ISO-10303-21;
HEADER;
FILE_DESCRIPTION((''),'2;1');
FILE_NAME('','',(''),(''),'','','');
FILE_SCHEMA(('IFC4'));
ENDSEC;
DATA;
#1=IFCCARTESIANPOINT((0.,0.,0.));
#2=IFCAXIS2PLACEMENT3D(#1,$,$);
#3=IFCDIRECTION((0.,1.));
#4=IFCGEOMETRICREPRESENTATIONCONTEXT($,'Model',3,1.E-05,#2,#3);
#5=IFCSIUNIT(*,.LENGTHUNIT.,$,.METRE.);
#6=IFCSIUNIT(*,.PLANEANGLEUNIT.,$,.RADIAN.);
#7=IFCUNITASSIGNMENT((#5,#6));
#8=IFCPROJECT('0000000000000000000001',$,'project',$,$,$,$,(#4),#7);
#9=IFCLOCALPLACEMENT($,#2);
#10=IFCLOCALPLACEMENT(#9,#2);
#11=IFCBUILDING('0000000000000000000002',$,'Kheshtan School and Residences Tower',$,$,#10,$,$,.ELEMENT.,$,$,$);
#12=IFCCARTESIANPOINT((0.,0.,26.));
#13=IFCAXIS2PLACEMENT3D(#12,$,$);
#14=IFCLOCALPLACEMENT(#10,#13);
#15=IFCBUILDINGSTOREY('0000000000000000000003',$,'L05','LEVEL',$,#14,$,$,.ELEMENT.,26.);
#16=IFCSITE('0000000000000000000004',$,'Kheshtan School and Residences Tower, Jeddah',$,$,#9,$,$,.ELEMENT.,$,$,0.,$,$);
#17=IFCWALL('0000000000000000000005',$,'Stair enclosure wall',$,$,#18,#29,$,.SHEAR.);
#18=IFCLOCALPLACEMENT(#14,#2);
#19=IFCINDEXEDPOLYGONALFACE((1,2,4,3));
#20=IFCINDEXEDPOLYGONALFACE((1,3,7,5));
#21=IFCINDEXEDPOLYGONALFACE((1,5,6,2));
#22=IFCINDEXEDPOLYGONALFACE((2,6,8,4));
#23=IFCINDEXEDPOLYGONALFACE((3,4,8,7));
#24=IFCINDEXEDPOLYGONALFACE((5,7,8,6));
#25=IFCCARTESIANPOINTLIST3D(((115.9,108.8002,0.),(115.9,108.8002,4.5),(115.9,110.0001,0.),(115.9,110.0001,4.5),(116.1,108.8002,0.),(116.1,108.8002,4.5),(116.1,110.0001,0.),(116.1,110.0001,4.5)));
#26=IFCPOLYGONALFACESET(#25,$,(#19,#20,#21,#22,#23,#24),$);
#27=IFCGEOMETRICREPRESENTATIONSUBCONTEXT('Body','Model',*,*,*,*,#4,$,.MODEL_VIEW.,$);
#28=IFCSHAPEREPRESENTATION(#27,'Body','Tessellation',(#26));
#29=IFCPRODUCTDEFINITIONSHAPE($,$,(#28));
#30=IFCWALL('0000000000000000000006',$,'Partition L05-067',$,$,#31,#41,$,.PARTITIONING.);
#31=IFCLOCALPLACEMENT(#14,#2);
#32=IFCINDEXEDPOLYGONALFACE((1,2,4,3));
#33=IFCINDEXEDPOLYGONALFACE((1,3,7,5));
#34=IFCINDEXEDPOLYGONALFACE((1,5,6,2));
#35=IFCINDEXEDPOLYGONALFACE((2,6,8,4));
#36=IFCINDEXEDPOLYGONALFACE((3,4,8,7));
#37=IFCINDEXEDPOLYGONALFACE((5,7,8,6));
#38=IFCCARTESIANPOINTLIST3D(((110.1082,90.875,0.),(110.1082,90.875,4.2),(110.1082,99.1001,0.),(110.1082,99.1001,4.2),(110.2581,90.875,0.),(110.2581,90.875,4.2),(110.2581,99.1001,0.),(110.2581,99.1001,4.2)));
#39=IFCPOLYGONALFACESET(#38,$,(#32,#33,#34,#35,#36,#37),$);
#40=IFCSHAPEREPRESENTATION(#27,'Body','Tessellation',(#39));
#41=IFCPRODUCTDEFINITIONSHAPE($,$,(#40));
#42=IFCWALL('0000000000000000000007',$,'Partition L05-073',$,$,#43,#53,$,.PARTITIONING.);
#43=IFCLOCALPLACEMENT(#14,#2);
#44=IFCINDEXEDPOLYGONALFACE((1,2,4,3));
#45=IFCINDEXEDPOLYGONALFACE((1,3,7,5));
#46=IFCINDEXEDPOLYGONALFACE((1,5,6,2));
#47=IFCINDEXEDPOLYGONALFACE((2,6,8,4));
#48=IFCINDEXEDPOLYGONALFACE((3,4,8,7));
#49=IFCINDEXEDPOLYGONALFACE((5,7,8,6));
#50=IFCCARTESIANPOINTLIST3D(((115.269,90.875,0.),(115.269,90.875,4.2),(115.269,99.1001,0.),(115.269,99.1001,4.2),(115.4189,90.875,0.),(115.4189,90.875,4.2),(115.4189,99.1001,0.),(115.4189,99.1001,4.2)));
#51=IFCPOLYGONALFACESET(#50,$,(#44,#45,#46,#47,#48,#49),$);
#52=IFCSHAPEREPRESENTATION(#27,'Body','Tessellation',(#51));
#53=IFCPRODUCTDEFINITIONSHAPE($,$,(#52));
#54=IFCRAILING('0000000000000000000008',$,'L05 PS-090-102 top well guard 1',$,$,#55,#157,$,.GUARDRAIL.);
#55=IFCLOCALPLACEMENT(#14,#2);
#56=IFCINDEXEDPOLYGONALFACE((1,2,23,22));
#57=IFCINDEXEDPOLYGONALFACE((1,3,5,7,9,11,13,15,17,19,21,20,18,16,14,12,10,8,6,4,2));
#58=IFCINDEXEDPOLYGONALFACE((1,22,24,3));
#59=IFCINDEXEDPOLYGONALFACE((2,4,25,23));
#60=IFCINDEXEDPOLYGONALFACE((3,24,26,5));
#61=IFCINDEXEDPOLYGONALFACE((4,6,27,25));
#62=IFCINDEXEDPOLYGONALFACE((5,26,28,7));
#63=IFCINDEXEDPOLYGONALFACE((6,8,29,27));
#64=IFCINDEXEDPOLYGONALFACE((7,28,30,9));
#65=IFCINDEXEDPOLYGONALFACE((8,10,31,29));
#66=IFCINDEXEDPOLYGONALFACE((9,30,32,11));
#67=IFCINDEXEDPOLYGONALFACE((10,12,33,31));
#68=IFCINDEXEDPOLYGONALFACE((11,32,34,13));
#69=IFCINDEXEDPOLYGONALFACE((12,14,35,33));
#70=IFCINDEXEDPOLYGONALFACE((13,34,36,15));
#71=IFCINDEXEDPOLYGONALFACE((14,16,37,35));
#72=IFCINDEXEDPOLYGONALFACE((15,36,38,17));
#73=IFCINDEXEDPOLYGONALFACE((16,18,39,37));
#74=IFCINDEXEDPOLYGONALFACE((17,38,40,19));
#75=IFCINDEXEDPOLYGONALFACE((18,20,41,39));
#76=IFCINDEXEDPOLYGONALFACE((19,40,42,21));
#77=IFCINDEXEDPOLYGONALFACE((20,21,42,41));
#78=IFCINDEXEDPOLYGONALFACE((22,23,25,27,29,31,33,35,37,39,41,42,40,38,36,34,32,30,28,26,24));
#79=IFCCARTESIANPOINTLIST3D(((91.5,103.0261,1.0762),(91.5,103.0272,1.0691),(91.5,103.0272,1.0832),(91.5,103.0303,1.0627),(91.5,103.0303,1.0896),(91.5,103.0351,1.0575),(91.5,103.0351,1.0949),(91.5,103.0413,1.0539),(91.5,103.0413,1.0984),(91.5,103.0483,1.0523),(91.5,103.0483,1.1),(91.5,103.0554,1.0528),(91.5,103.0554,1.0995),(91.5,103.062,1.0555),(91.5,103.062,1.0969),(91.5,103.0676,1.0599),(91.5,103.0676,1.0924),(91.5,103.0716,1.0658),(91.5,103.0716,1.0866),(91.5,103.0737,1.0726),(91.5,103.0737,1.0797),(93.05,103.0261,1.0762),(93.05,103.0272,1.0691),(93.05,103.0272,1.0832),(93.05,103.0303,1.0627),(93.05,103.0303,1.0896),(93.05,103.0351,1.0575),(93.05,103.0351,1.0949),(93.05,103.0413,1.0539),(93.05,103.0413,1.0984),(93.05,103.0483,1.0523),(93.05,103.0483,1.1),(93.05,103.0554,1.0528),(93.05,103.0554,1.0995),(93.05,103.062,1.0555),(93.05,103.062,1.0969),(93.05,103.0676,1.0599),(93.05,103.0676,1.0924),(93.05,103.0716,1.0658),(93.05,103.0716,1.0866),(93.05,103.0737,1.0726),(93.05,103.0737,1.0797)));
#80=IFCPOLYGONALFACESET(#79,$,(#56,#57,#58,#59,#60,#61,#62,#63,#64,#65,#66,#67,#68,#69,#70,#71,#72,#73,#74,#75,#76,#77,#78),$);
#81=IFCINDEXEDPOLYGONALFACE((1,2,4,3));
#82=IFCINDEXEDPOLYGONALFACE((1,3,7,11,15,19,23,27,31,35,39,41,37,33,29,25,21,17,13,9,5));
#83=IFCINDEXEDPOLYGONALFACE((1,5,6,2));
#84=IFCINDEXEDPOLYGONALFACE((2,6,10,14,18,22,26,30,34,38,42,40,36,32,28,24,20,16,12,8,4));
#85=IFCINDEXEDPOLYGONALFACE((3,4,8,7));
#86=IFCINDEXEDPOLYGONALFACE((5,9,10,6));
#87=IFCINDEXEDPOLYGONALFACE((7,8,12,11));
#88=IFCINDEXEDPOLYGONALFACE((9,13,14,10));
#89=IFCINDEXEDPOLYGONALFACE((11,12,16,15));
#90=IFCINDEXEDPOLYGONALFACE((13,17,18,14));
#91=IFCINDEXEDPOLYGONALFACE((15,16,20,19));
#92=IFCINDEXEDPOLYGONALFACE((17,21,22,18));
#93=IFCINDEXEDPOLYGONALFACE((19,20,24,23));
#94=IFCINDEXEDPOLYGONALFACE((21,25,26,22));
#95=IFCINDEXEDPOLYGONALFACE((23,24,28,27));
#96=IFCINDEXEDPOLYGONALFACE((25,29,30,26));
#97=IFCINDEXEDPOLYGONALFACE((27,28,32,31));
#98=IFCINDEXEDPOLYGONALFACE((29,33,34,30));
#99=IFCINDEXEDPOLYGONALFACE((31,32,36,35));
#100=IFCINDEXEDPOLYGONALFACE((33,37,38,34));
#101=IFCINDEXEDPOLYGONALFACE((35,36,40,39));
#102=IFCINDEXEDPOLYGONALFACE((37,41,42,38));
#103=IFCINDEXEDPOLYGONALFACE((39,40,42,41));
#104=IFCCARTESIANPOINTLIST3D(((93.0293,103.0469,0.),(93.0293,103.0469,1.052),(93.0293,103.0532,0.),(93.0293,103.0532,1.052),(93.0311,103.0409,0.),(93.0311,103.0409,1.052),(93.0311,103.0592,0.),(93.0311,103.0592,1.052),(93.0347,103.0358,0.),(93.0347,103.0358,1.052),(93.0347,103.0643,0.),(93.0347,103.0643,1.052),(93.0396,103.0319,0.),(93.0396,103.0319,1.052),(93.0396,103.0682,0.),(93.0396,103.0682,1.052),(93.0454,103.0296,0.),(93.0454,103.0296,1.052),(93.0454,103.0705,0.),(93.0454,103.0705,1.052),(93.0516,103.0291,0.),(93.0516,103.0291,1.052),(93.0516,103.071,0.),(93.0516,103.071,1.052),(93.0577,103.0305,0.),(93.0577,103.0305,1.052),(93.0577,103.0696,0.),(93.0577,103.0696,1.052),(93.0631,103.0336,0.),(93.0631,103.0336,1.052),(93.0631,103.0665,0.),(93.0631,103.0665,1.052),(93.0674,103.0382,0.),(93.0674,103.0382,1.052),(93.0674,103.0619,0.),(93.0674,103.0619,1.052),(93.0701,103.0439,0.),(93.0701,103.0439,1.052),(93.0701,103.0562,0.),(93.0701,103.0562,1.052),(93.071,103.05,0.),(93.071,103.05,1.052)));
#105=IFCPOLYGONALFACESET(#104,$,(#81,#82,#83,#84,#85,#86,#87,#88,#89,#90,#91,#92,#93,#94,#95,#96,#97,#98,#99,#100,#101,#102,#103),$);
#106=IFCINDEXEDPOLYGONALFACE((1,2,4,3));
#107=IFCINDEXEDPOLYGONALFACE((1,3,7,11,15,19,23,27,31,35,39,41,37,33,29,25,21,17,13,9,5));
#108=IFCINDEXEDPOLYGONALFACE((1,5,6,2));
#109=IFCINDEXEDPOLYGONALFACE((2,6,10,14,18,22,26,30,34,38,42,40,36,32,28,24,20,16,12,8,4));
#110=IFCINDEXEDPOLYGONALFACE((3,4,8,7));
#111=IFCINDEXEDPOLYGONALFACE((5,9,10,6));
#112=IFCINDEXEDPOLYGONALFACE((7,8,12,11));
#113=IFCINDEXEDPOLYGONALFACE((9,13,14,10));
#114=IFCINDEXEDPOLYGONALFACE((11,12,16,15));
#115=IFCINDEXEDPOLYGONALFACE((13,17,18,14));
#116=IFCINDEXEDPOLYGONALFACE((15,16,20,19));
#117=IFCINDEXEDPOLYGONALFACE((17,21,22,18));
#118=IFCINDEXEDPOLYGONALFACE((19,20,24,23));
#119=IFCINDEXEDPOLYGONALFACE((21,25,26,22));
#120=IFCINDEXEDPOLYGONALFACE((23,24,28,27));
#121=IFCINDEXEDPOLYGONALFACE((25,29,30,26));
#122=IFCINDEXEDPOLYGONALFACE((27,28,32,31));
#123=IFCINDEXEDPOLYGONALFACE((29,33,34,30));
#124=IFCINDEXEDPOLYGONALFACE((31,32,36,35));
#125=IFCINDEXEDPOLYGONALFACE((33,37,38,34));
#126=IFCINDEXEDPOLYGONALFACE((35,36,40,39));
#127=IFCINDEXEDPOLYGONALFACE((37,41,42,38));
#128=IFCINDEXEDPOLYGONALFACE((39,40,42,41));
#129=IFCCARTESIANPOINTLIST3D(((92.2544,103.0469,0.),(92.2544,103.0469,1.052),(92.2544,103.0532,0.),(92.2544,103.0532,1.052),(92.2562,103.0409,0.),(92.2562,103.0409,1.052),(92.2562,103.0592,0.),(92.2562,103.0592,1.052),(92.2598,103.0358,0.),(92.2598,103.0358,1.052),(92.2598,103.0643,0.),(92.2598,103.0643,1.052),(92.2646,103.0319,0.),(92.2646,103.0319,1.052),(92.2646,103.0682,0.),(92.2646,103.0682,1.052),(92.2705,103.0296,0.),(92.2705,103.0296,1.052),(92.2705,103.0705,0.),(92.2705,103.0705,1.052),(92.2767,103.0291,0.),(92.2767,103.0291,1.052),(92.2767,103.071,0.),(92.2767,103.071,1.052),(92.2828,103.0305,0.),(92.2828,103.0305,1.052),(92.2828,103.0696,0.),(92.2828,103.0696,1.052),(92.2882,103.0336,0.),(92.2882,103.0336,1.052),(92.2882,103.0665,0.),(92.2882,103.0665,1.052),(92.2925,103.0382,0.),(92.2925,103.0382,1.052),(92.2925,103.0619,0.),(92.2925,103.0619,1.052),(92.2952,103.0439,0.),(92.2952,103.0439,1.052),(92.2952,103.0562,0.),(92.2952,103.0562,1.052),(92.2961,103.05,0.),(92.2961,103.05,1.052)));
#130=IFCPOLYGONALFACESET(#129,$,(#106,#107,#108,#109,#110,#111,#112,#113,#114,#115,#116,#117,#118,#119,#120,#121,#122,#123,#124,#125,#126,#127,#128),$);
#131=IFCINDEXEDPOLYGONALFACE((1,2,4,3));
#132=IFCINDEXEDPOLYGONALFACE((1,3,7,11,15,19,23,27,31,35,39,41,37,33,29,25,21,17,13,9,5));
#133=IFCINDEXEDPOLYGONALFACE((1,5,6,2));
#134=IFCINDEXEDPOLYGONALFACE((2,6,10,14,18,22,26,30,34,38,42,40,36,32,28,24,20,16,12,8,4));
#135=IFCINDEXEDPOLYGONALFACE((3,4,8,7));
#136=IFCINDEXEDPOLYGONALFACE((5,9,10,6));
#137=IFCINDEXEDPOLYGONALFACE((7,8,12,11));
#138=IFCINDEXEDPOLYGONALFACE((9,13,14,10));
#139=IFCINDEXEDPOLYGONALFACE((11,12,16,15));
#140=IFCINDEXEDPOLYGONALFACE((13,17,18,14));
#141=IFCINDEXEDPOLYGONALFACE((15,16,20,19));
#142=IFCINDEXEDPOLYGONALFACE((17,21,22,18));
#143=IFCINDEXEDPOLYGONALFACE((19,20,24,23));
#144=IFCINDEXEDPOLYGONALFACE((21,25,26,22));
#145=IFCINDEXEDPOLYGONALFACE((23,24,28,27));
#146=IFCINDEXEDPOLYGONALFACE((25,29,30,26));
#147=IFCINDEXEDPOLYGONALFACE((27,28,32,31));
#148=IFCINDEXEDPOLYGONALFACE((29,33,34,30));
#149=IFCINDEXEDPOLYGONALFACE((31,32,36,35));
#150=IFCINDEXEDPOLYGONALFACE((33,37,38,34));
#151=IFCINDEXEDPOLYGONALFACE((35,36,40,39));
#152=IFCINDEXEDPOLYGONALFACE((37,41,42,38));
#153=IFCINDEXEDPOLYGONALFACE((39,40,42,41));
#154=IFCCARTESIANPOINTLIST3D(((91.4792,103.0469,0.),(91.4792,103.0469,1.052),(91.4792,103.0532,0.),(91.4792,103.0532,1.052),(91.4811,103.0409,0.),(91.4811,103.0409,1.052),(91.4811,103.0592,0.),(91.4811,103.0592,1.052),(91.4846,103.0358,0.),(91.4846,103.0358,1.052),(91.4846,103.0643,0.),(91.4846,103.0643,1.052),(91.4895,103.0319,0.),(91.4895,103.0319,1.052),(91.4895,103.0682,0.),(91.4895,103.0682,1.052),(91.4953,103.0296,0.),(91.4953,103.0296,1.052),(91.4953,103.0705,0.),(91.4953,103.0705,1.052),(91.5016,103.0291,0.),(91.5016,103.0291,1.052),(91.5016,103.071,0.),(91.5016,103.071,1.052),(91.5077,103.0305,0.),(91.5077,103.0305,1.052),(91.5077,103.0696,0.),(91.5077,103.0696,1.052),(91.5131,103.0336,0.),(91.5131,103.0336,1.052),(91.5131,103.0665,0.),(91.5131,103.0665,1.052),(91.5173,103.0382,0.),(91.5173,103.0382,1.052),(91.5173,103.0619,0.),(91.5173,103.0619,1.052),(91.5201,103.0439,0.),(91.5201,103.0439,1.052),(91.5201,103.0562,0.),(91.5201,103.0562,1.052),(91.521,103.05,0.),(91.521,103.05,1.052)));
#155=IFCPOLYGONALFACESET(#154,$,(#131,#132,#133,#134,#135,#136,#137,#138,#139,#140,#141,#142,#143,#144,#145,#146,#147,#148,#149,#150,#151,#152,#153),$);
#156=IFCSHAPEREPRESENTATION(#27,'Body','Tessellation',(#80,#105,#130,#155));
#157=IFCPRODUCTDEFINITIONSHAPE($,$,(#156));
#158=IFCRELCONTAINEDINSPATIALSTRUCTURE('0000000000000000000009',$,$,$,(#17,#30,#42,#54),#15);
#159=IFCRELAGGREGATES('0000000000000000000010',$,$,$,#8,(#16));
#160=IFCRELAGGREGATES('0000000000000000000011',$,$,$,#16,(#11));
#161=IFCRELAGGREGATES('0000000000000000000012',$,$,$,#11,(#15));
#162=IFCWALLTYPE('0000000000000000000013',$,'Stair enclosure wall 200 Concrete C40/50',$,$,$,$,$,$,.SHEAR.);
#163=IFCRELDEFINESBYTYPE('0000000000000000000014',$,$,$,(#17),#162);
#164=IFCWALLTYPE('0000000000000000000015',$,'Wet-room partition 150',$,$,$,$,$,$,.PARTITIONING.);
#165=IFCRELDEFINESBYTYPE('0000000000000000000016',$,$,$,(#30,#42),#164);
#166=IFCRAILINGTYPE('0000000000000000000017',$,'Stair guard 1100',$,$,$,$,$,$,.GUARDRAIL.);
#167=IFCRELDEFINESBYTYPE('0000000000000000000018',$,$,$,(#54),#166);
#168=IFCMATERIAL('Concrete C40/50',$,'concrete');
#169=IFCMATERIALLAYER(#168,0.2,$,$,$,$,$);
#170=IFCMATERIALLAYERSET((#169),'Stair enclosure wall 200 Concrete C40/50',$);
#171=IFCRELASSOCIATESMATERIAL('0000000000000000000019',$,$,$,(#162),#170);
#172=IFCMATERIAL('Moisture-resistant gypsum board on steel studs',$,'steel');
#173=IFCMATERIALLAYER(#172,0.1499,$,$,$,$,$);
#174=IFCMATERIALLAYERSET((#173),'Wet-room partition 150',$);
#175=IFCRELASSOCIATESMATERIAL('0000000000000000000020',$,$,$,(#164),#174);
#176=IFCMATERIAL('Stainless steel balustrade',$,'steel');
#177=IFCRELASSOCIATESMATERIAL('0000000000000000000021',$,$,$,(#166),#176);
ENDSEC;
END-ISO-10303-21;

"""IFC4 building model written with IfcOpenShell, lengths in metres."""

from ifc_helpers import new_model, si_unit, direction, frame, frame_2d, origin, origin_2d, place, context, subcontext, project, spatial, rectangle, circle, extrude, material, layer, layer_set, type_object, element, save


model = new_model("IFC4")

# Units and contexts
model_context = context("Model", 3, precision=1e-05, world=origin(), true_north=direction((0.0, 1.0)))
body_context = subcontext(model_context, "Body", "Model", "MODEL_VIEW")
ifc_project = project(units=[si_unit("LENGTHUNIT", "METRE"), si_unit("PLANEANGLEUNIT", "RADIAN")], contexts=[model_context])

# Site, building, storey
site_placement = place(None, origin())
site = spatial("IfcSite", under=ifc_project, at=site_placement, Name="Kheshtan School and Residences Tower, Jeddah", CompositionType="ELEMENT", RefElevation=0.0)
building_placement = place(site_placement, origin())
building = spatial("IfcBuilding", under=site, at=building_placement, Name="Kheshtan School and Residences Tower", CompositionType="ELEMENT")
storey_placement = place(building_placement, frame((0.0, 0.0, 26.0)))
storey = spatial("IfcBuildingStorey", under=building, at=storey_placement, Name="L05", Description="LEVEL", CompositionType="ELEMENT", Elevation=26.0)

# Shared definitions
ifc_material_1 = material(Name="Concrete C40/50", Category="concrete")
ifc_layer_1 = layer(ifc_material_1, 0.2)
ifc_layer_set_1 = layer_set([ifc_layer_1], Name="Stair enclosure wall 200 Concrete C40/50")
wall_type_1 = type_object("IfcWallType", Name="Stair enclosure wall 200 Concrete C40/50", PredefinedType="SHEAR", material=ifc_layer_set_1)

# Walls
wall_1_placement = place(storey_placement, frame((116.0, 108.8, 0.0), z_axis=(0.0, 0.0, 1.0), x_axis=(0.0, 1.0, 0.0)))
element("IfcWall", 1, at=wall_1_placement, inside=storey, type_object=wall_type_1, Name="Stair enclosure wall", PredefinedType="SHEAR", context=body_context, shape_type="SweptSolid", body=[
    extrude(rectangle(XDim=1.2, YDim=0.2, at=frame_2d((0.6001, 0.0))), origin(), (0.0, 0.0, 1.0), 4.5),
])
ifc_material_2 = material(Name="Moisture-resistant gypsum board on steel studs", Category="steel")
ifc_layer_2 = layer(ifc_material_2, 0.1499)
ifc_layer_set_2 = layer_set([ifc_layer_2], Name="Wet-room partition 150")
wall_type_2 = type_object("IfcWallType", Name="Wet-room partition 150", PredefinedType="PARTITIONING", material=ifc_layer_set_2)
for number, where, z_axis, x_axis, name in (
    (2, (110.1831, 90.875, 0.0), (0.0, 0.0, 1.0), (0.0, 1.0, 0.0), "Partition L05-067"),
    (3, (115.344, 90.875, 0.0), (0.0, 0.0, 1.0), (0.0, 1.0, 0.0), "Partition L05-073"),
):
    element("IfcWall", number, at=place(storey_placement, frame(where, z_axis=z_axis, x_axis=x_axis)), inside=storey, type_object=wall_type_2, Name=name, PredefinedType="PARTITIONING", context=body_context, shape_type="SweptSolid", body=[
        extrude(rectangle(XDim=8.2251, YDim=0.1499, at=frame_2d((4.1125, 0.0))), origin(), (0.0, 0.0, 1.0), 4.2),
    ])

# Railing
ifc_material_3 = material(Name="Stainless steel balustrade", Category="steel")
railing_type = type_object("IfcRailingType", Name="Stair guard 1100", PredefinedType="GUARDRAIL", material=ifc_material_3)
for number, where, name in (
    (4, (93.05, 103.05, 0.0), "L05 PS-090-102 top well guard 1"),
):
    element("IfcRailing", number, at=place(storey_placement, frame(where)), inside=storey, type_object=railing_type, Name=name, PredefinedType="GUARDRAIL", context=body_context, shape_type="SweptSolid", body=[
        extrude(circle(Radius=0.0239, at=origin_2d()), frame((0.0, 0.0, 1.0762), z_axis=(-1.0, 0.0, 0.0), x_axis=(0.0, -1.0, 0.0)), (0.0, 0.0, 1.0), 1.55),
        extrude(circle(Radius=0.021, at=origin_2d()), origin(), (0.0, 0.0, 1.0), 1.052),
        extrude(circle(Radius=0.021, at=origin_2d()), frame((-0.7749, 0.0, 0.0)), (0.0, 0.0, 1.0), 1.052),
        extrude(circle(Radius=0.021, at=origin_2d()), frame((-1.55, 0.0, 0.0)), (0.0, 0.0, 1.0), 1.052),
    ])

save(model, "model.ifc")
